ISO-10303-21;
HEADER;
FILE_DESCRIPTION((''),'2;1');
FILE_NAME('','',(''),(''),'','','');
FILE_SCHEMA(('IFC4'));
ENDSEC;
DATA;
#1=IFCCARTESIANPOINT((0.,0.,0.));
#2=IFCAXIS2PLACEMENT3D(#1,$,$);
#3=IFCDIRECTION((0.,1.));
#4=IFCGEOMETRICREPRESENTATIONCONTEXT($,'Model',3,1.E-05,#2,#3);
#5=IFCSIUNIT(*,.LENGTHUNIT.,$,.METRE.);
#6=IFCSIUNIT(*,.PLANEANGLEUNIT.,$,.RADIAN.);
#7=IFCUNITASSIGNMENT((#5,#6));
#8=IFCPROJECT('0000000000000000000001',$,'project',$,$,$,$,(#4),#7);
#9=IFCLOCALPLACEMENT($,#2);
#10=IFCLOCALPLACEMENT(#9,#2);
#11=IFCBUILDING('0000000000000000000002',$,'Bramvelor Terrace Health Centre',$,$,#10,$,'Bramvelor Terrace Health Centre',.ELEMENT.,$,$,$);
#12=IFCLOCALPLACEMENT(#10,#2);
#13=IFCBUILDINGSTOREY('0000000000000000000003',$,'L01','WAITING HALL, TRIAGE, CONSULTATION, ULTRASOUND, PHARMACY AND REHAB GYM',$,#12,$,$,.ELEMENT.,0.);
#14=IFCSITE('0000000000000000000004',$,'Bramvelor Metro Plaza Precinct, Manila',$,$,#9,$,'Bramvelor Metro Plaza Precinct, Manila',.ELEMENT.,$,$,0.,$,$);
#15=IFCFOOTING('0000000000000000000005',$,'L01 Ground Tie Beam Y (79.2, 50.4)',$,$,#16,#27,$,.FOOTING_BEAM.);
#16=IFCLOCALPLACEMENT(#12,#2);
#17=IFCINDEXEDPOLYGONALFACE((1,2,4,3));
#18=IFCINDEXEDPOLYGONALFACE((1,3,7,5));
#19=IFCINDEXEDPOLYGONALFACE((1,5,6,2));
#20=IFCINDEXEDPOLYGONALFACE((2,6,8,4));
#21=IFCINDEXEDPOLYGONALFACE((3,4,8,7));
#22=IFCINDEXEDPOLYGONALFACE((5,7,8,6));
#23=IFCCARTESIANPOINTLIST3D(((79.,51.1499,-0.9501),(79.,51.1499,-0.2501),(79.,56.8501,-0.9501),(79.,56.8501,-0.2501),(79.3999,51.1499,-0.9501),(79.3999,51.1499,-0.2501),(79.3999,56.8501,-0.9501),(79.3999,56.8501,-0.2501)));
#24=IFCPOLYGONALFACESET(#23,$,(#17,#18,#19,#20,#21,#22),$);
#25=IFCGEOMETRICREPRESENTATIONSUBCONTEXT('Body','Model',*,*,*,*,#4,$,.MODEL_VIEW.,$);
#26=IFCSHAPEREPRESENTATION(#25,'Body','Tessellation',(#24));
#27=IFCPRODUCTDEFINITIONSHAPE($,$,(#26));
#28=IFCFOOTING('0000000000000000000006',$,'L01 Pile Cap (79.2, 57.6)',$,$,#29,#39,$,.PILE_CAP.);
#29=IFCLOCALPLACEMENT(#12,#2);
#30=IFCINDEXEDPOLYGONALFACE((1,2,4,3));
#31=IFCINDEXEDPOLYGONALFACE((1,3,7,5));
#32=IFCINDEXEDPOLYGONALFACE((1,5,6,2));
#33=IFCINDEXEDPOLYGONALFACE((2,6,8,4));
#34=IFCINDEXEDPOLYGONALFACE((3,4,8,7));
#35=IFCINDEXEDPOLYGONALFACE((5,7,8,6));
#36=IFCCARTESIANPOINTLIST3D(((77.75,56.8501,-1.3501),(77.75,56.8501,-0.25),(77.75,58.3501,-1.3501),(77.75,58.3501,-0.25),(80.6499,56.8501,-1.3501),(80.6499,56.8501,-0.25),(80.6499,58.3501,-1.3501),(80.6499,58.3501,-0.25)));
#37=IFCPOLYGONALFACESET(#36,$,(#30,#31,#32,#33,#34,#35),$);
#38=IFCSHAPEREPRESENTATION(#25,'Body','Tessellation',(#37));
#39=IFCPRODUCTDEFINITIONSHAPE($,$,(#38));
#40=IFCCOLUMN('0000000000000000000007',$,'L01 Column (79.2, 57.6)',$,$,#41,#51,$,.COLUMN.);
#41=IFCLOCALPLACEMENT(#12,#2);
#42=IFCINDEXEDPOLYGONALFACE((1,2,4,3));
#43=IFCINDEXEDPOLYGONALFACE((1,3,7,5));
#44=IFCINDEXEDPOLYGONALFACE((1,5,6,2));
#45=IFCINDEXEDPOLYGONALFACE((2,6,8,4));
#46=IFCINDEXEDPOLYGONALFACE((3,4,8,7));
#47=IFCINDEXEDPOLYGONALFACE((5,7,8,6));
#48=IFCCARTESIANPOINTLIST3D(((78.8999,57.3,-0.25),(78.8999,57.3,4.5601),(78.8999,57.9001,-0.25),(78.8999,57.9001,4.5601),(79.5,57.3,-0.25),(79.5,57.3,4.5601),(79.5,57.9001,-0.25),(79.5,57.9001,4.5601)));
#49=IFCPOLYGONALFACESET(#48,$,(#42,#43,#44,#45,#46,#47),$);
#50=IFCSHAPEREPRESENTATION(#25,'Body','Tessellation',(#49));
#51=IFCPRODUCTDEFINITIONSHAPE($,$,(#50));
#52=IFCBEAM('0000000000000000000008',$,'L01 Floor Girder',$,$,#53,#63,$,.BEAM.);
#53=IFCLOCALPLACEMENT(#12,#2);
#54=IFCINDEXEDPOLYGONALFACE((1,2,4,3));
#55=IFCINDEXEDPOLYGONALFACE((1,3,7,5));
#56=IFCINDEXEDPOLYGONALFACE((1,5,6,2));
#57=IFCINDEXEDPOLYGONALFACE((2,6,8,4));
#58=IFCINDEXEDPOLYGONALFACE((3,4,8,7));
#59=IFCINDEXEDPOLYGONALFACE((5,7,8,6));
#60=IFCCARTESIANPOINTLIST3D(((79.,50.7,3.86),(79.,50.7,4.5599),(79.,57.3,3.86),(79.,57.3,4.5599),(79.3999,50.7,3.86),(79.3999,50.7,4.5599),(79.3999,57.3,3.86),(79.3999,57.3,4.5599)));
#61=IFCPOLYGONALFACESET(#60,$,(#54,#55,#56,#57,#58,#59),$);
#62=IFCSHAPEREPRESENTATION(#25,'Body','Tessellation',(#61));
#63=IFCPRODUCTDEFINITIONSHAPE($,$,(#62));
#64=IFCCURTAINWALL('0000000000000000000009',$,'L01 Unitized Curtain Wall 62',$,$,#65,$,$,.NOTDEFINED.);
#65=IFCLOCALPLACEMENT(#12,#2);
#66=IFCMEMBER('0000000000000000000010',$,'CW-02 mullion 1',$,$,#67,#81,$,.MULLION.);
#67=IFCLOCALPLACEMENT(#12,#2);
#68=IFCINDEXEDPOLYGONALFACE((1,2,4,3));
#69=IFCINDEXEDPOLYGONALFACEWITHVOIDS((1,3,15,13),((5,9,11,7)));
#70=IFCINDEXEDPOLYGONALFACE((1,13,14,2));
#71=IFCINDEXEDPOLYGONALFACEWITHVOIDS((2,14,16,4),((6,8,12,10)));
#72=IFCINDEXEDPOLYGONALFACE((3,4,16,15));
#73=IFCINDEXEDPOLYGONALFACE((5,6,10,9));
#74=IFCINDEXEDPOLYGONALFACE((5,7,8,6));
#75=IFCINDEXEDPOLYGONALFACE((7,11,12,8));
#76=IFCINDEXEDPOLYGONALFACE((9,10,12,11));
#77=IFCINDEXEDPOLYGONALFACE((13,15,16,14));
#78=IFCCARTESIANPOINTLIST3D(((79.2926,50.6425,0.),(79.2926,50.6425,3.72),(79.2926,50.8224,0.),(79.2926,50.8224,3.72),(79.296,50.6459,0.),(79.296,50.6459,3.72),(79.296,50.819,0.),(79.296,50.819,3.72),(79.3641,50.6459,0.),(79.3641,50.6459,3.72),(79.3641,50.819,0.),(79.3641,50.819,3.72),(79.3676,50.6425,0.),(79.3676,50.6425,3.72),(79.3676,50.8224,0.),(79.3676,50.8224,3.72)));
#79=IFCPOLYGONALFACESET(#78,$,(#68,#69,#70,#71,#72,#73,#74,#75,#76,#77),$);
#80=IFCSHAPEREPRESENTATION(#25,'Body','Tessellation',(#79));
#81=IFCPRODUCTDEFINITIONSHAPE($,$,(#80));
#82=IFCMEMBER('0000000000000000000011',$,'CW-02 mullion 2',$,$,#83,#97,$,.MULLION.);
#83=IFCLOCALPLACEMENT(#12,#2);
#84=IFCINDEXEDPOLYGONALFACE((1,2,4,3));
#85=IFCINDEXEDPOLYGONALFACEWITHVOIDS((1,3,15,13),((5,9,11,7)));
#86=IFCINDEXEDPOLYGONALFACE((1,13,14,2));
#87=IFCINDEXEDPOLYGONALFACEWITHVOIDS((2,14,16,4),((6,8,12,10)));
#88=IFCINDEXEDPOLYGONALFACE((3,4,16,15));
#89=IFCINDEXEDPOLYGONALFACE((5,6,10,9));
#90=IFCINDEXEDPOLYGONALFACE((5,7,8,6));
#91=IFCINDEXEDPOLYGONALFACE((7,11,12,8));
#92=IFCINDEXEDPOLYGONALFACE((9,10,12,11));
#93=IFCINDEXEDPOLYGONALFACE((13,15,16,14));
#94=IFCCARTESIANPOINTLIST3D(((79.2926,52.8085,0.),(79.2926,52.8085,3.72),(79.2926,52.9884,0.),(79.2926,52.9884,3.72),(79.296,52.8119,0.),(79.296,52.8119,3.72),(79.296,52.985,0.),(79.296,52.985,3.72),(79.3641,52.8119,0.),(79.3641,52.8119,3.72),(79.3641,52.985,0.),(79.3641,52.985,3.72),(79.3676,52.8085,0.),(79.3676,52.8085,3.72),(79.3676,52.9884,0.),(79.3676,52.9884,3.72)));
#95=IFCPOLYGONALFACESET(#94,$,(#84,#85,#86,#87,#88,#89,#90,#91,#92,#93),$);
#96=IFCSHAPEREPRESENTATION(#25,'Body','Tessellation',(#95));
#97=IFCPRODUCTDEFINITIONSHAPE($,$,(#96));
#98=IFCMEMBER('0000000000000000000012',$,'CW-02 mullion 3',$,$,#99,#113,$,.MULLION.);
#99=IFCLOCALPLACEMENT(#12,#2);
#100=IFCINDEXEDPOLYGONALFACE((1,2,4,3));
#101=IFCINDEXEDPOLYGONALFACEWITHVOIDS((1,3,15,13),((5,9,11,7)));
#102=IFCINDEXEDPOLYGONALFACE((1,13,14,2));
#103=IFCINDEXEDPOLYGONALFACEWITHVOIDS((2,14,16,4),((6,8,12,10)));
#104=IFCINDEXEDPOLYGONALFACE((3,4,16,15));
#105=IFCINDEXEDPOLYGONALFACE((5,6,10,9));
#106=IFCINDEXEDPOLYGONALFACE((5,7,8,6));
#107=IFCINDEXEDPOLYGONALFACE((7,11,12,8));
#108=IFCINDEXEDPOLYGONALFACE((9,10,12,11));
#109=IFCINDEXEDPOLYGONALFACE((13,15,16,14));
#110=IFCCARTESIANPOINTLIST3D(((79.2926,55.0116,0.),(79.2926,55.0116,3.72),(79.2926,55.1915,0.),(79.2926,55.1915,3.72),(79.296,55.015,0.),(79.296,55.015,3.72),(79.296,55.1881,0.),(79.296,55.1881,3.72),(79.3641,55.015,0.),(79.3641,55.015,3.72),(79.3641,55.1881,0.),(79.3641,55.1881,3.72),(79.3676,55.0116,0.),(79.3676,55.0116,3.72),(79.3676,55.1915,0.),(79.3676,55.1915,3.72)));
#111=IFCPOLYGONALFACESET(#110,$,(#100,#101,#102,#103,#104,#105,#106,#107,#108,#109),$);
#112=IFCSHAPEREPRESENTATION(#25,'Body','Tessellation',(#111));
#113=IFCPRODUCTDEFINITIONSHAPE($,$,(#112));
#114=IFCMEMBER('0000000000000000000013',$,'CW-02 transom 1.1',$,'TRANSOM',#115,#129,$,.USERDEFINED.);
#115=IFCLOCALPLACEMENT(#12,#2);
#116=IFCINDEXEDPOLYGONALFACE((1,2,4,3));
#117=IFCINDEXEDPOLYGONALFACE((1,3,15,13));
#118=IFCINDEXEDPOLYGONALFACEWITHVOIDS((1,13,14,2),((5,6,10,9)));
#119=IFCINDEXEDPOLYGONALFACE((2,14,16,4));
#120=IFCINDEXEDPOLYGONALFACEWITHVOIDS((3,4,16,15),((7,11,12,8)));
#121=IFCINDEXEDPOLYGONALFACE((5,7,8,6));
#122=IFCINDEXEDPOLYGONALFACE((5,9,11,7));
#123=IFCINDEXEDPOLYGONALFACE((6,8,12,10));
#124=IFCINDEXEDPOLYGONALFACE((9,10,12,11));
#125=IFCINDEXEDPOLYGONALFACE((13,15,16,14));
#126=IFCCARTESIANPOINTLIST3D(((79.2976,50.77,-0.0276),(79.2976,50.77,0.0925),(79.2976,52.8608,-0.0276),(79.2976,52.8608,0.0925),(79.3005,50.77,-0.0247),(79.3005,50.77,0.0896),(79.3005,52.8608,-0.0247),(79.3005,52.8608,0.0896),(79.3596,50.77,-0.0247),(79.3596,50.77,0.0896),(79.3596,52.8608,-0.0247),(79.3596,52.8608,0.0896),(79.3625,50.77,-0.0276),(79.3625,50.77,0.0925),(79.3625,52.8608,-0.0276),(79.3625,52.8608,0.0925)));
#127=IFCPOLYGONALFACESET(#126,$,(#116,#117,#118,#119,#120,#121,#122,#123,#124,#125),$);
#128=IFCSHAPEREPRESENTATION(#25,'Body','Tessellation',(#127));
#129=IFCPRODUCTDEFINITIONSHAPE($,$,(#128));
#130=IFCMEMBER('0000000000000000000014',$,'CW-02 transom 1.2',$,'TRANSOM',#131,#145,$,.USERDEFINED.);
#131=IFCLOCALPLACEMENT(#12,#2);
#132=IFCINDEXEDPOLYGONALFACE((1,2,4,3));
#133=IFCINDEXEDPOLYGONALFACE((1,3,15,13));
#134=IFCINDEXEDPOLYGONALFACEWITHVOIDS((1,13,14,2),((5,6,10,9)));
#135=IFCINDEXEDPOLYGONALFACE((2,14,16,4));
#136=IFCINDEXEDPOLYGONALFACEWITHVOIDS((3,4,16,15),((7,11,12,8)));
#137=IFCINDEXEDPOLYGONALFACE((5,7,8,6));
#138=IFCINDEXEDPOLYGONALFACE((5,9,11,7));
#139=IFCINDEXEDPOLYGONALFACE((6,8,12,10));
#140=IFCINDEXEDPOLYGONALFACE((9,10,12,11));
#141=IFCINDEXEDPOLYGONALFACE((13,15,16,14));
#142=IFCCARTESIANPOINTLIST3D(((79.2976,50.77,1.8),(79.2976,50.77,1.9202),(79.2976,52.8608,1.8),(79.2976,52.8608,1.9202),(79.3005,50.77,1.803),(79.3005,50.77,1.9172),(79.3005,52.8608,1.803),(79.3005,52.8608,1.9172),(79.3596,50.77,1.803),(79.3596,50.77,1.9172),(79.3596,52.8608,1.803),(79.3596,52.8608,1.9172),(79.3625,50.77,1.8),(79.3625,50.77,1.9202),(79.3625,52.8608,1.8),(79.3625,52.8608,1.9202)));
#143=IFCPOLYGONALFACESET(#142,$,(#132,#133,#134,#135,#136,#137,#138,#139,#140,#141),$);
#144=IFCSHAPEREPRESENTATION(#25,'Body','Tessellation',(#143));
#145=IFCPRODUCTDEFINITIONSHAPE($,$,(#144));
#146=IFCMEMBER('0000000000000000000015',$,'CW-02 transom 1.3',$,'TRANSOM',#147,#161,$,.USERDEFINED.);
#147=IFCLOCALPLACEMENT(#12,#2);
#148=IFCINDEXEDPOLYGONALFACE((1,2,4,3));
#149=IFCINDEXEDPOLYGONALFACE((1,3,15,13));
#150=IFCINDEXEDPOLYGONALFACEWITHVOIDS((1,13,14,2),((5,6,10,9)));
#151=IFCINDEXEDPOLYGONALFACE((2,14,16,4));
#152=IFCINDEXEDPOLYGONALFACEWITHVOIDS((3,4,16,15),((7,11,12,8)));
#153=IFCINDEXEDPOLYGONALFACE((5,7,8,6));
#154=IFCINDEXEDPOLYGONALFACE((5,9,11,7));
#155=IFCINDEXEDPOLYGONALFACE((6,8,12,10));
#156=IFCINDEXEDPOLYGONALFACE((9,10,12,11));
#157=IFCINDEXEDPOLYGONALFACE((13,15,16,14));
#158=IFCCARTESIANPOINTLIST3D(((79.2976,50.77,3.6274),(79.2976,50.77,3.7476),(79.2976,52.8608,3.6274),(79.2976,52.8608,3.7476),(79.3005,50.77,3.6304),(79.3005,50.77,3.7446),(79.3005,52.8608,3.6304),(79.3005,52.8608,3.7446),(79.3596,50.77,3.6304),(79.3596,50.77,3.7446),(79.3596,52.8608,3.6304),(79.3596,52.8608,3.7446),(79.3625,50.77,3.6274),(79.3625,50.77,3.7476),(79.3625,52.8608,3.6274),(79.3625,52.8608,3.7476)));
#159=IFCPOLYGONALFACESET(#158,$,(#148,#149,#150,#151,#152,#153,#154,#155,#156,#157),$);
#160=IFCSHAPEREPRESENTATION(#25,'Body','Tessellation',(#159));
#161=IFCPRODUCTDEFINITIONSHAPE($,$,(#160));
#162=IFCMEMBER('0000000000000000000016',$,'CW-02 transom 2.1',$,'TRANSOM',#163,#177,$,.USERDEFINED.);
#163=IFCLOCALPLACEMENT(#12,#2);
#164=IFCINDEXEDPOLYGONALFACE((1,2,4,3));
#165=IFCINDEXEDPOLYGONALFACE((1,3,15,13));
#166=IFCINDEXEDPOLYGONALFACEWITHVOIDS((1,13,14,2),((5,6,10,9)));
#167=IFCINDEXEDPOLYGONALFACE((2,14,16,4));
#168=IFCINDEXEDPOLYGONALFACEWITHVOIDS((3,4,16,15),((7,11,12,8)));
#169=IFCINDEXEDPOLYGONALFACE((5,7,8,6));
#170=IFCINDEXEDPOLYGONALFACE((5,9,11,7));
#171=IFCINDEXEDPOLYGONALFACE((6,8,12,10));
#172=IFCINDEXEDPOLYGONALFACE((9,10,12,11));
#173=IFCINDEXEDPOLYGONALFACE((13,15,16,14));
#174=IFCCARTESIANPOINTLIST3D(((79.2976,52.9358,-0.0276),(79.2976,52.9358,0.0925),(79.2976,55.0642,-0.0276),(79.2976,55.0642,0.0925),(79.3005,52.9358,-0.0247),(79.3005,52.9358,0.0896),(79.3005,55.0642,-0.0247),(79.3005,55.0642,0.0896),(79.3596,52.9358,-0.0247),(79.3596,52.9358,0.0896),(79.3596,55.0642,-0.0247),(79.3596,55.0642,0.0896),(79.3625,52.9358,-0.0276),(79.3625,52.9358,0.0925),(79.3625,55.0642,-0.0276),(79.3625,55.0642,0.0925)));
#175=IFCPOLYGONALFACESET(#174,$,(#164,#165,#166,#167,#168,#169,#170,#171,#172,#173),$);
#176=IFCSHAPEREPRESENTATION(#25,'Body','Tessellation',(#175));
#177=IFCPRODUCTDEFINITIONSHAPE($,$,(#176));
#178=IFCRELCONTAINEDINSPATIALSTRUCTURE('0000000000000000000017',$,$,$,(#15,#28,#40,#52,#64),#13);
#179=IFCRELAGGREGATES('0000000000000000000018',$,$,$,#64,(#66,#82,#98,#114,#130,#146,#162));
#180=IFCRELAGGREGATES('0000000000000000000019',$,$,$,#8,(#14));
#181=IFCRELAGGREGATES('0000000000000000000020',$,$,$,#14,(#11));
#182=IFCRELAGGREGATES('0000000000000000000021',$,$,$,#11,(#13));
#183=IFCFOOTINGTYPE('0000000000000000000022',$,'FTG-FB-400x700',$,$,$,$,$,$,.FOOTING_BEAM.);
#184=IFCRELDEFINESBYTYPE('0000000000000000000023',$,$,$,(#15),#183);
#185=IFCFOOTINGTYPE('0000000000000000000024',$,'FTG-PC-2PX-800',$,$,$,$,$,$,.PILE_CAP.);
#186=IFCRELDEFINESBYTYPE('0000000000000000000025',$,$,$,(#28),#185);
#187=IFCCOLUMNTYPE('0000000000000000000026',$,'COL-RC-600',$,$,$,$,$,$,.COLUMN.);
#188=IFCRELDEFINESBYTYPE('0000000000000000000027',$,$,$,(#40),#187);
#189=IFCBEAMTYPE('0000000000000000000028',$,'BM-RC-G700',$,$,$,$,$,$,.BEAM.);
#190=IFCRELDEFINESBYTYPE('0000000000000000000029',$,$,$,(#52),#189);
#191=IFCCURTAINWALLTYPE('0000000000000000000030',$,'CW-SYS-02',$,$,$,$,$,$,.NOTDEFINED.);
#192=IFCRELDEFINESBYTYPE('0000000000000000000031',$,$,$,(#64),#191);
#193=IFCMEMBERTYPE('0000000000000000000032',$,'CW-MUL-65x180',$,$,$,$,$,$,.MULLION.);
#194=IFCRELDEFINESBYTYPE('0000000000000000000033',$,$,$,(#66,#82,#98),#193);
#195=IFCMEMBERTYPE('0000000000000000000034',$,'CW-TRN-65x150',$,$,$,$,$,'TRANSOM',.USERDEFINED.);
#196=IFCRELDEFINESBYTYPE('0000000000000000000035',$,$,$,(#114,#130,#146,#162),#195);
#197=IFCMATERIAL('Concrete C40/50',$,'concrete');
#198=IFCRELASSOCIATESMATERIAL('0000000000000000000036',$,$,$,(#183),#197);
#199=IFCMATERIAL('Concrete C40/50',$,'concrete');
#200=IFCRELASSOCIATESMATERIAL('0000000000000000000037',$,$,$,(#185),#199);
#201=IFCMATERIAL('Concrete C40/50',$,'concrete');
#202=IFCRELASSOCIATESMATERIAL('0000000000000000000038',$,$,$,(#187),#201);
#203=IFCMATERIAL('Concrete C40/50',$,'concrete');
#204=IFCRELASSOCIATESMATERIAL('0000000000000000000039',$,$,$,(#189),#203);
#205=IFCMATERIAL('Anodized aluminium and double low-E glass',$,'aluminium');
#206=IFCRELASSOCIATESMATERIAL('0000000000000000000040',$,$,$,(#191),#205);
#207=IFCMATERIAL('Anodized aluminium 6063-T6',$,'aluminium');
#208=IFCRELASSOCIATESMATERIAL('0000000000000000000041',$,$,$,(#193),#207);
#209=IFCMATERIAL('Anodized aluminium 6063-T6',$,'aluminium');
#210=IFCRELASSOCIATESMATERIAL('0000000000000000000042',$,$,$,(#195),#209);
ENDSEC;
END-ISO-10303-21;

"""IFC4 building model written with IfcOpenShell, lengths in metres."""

from ifc_helpers import new_model, si_unit, direction, frame, origin, origin_2d, place, context, subcontext, project, spatial, rectangle, hollow_rectangle, extrude, material, material_profile, profile_set, type_object, element, aggregate, save


model = new_model("IFC4")

# Units and contexts
model_context = context("Model", 3, precision=1e-05, world=origin(), true_north=direction((0.0, 1.0)))
body_context = subcontext(model_context, "Body", "Model", "MODEL_VIEW")
ifc_project = project(units=[si_unit("LENGTHUNIT", "METRE"), si_unit("PLANEANGLEUNIT", "RADIAN")], contexts=[model_context])

# Site, building, storey
site_placement = place(None, origin())
site = spatial("IfcSite", under=ifc_project, at=site_placement, Name="Bramvelor Metro Plaza Precinct, Manila", LongName="Bramvelor Metro Plaza Precinct, Manila", CompositionType="ELEMENT", RefElevation=0.0)
building_placement = place(site_placement, origin())
building = spatial("IfcBuilding", under=site, at=building_placement, Name="Bramvelor Terrace Health Centre", LongName="Bramvelor Terrace Health Centre", CompositionType="ELEMENT")
storey_placement = place(building_placement, origin())
storey = spatial("IfcBuildingStorey", under=building, at=storey_placement, Name="L01", Description="WAITING HALL, TRIAGE, CONSULTATION, ULTRASOUND, PHARMACY AND REHAB GYM", CompositionType="ELEMENT", Elevation=0.0)

# Footings
ifc_material_1 = material(Name="Concrete C40/50", Category="concrete")
ifc_material_profile_1 = material_profile(ifc_material_1, rectangle(XDim=0.3999, YDim=0.7, at=origin_2d()), Name="RC 400x700")
ifc_profile_set_1 = profile_set([ifc_material_profile_1], Name="Concrete C40/50")
footing_type_1 = type_object("IfcFootingType", Name="FTG-FB-400x700", PredefinedType="FOOTING_BEAM", material=ifc_profile_set_1)
footing_1_placement = place(storey_placement, frame((79.2, 51.1499, -0.6001), z_axis=(0.0, 1.0, 0.0), x_axis=(-1.0, 0.0, 0.0)))
element("IfcFooting", 1, at=footing_1_placement, inside=storey, type_object=footing_type_1, Name="L01 Ground Tie Beam Y (79.2, 50.4)", PredefinedType="FOOTING_BEAM", context=body_context, shape_type="SweptSolid", body=[
    extrude(rectangle(XDim=0.3999, YDim=0.7, at=origin_2d()), origin(), (0.0, 0.0, 1.0), 5.7002),
])
ifc_material_2 = material(Name="Concrete C40/50", Category="concrete")
footing_type_2 = type_object("IfcFootingType", Name="FTG-PC-2PX-800", PredefinedType="PILE_CAP", material=ifc_material_2)
footing_2_placement = place(storey_placement, frame((79.2, 57.6001, -1.3501), z_axis=(0.0, 0.0, 1.0), x_axis=(1.0, 0.0, 0.0)))
element("IfcFooting", 2, at=footing_2_placement, inside=storey, type_object=footing_type_2, Name="L01 Pile Cap (79.2, 57.6)", PredefinedType="PILE_CAP", context=body_context, shape_type="SweptSolid", body=[
    extrude(rectangle(XDim=2.8999, YDim=1.5, at=origin_2d()), origin(), (0.0, 0.0, 1.0), 1.1001),
])

# Column
ifc_material_3 = material(Name="Concrete C40/50", Category="concrete")
ifc_material_profile_2 = material_profile(ifc_material_3, rectangle(XDim=0.6001, YDim=0.6001, at=origin_2d()), Name="RC 600x600")
ifc_profile_set_2 = profile_set([ifc_material_profile_2], Name="Concrete C40/50")
column_type = type_object("IfcColumnType", Name="COL-RC-600", PredefinedType="COLUMN", material=ifc_profile_set_2)
column_placement = place(storey_placement, frame((79.2, 57.6001, -0.25), z_axis=(0.0, 0.0, 1.0), x_axis=(1.0, 0.0, 0.0)))
element("IfcColumn", 3, at=column_placement, inside=storey, type_object=column_type, Name="L01 Column (79.2, 57.6)", PredefinedType="COLUMN", context=body_context, shape_type="SweptSolid", body=[
    extrude(rectangle(XDim=0.6001, YDim=0.6001, at=origin_2d()), origin(), (0.0, 0.0, 1.0), 4.8101),
])

# Beam
ifc_material_4 = material(Name="Concrete C40/50", Category="concrete")
ifc_material_profile_3 = material_profile(ifc_material_4, rectangle(XDim=0.3999, YDim=0.7, at=origin_2d()), Name="RC 400x700")
ifc_profile_set_3 = profile_set([ifc_material_profile_3], Name="Concrete C40/50")
beam_type = type_object("IfcBeamType", Name="BM-RC-G700", PredefinedType="BEAM", material=ifc_profile_set_3)
beam_placement = place(storey_placement, frame((79.2, 50.7, 4.21), z_axis=(0.0, 1.0, 0.0), x_axis=(-1.0, 0.0, 0.0)))
element("IfcBeam", 4, at=beam_placement, inside=storey, type_object=beam_type, Name="L01 Floor Girder", PredefinedType="BEAM", context=body_context, shape_type="SweptSolid", body=[
    extrude(rectangle(XDim=0.3999, YDim=0.7, at=origin_2d()), origin(), (0.0, 0.0, 1.0), 6.6001),
])

# Curtain wall, members
ifc_material_5 = material(Name="Anodized aluminium and double low-E glass", Category="aluminium")
curtain_wall_type = type_object("IfcCurtainWallType", Name="CW-SYS-02", PredefinedType="NOTDEFINED", material=ifc_material_5)
curtain_wall_placement = place(storey_placement, origin())
curtain_wall = element("IfcCurtainWall", 5, at=curtain_wall_placement, inside=storey, type_object=curtain_wall_type, Name="L01 Unitized Curtain Wall 62", PredefinedType="NOTDEFINED")
ifc_material_6 = material(Name="Anodized aluminium 6063-T6", Category="aluminium")
ifc_material_profile_4 = material_profile(ifc_material_6, hollow_rectangle(XDim=0.075, YDim=0.1799, WallThickness=0.0034, at=origin_2d()), Name="ALU-MUL 75x180x3.5")
ifc_profile_set_4 = profile_set([ifc_material_profile_4], Name="Anodized aluminium 6063-T6")
member_type_1 = type_object("IfcMemberType", Name="CW-MUL-65x180", PredefinedType="MULLION", material=ifc_profile_set_4)
member_1_placement = place(storey_placement, frame((79.3301, 50.7324, 0.0), z_axis=(0.0, 0.0, 1.0), x_axis=(-1.0, 0.0, 0.0)))
member_1 = element("IfcMember", 6, at=member_1_placement, type_object=member_type_1, Name="CW-02 mullion 1", PredefinedType="MULLION", context=body_context, shape_type="SweptSolid", body=[
    extrude(hollow_rectangle(XDim=0.075, YDim=0.1799, WallThickness=0.0034, at=origin_2d()), origin(), (0.0, 0.0, 1.0), 3.72),
])
member_2_placement = place(storey_placement, frame((79.3301, 52.8984, 0.0), z_axis=(0.0, 0.0, 1.0), x_axis=(-1.0, 0.0, 0.0)))
member_2 = element("IfcMember", 7, at=member_2_placement, type_object=member_type_1, Name="CW-02 mullion 2", PredefinedType="MULLION", context=body_context, shape_type="SweptSolid", body=[
    extrude(hollow_rectangle(XDim=0.075, YDim=0.1799, WallThickness=0.0034, at=origin_2d()), origin(), (0.0, 0.0, 1.0), 3.72),
])
member_3_placement = place(storey_placement, frame((79.3301, 55.1016, 0.0), z_axis=(0.0, 0.0, 1.0), x_axis=(-1.0, 0.0, 0.0)))
member_3 = element("IfcMember", 8, at=member_3_placement, type_object=member_type_1, Name="CW-02 mullion 3", PredefinedType="MULLION", context=body_context, shape_type="SweptSolid", body=[
    extrude(hollow_rectangle(XDim=0.075, YDim=0.1799, WallThickness=0.0034, at=origin_2d()), origin(), (0.0, 0.0, 1.0), 3.72),
])
ifc_material_7 = material(Name="Anodized aluminium 6063-T6", Category="aluminium")
ifc_material_profile_5 = material_profile(ifc_material_7, hollow_rectangle(XDim=0.0649, YDim=0.1201, WallThickness=0.0029, at=origin_2d()), Name="ALU-TRN 65x120x3.0")
ifc_profile_set_5 = profile_set([ifc_material_profile_5], Name="Anodized aluminium 6063-T6")
member_type_2 = type_object("IfcMemberType", Name="CW-TRN-65x150", ElementType="TRANSOM", PredefinedType="USERDEFINED", material=ifc_profile_set_5)
member_4_placement = place(storey_placement, frame((79.3301, 50.77, 0.0325), z_axis=(0.0, 1.0, 0.0), x_axis=(-1.0, 0.0, 0.0)))
member_4 = element("IfcMember", 9, at=member_4_placement, type_object=member_type_2, Name="CW-02 transom 1.1", ObjectType="TRANSOM", PredefinedType="USERDEFINED", context=body_context, shape_type="SweptSolid", body=[
    extrude(hollow_rectangle(XDim=0.0649, YDim=0.1201, WallThickness=0.0029, at=origin_2d()), origin(), (0.0, 0.0, 1.0), 2.0908),
])
member_5_placement = place(storey_placement, frame((79.3301, 50.77, 1.8601), z_axis=(0.0, 1.0, 0.0), x_axis=(-1.0, 0.0, 0.0)))
member_5 = element("IfcMember", 10, at=member_5_placement, type_object=member_type_2, Name="CW-02 transom 1.2", ObjectType="TRANSOM", PredefinedType="USERDEFINED", context=body_context, shape_type="SweptSolid", body=[
    extrude(hollow_rectangle(XDim=0.0649, YDim=0.1201, WallThickness=0.0029, at=origin_2d()), origin(), (0.0, 0.0, 1.0), 2.0908),
])
member_6_placement = place(storey_placement, frame((79.3301, 50.77, 3.6875), z_axis=(0.0, 1.0, 0.0), x_axis=(-1.0, 0.0, 0.0)))
member_6 = element("IfcMember", 11, at=member_6_placement, type_object=member_type_2, Name="CW-02 transom 1.3", ObjectType="TRANSOM", PredefinedType="USERDEFINED", context=body_context, shape_type="SweptSolid", body=[
    extrude(hollow_rectangle(XDim=0.0649, YDim=0.1201, WallThickness=0.0029, at=origin_2d()), origin(), (0.0, 0.0, 1.0), 2.0908),
])
member_7_placement = place(storey_placement, frame((79.3301, 52.9358, 0.0325), z_axis=(0.0, 1.0, 0.0), x_axis=(-1.0, 0.0, 0.0)))
member_7 = element("IfcMember", 12, at=member_7_placement, type_object=member_type_2, Name="CW-02 transom 2.1", ObjectType="TRANSOM", PredefinedType="USERDEFINED", context=body_context, shape_type="SweptSolid", body=[
    extrude(hollow_rectangle(XDim=0.0649, YDim=0.1201, WallThickness=0.0029, at=origin_2d()), origin(), (0.0, 0.0, 1.0), 2.1284),
])
aggregate(curtain_wall, [member_1, member_2, member_3, member_4, member_5, member_6, member_7])

save(model, "model.ifc")
